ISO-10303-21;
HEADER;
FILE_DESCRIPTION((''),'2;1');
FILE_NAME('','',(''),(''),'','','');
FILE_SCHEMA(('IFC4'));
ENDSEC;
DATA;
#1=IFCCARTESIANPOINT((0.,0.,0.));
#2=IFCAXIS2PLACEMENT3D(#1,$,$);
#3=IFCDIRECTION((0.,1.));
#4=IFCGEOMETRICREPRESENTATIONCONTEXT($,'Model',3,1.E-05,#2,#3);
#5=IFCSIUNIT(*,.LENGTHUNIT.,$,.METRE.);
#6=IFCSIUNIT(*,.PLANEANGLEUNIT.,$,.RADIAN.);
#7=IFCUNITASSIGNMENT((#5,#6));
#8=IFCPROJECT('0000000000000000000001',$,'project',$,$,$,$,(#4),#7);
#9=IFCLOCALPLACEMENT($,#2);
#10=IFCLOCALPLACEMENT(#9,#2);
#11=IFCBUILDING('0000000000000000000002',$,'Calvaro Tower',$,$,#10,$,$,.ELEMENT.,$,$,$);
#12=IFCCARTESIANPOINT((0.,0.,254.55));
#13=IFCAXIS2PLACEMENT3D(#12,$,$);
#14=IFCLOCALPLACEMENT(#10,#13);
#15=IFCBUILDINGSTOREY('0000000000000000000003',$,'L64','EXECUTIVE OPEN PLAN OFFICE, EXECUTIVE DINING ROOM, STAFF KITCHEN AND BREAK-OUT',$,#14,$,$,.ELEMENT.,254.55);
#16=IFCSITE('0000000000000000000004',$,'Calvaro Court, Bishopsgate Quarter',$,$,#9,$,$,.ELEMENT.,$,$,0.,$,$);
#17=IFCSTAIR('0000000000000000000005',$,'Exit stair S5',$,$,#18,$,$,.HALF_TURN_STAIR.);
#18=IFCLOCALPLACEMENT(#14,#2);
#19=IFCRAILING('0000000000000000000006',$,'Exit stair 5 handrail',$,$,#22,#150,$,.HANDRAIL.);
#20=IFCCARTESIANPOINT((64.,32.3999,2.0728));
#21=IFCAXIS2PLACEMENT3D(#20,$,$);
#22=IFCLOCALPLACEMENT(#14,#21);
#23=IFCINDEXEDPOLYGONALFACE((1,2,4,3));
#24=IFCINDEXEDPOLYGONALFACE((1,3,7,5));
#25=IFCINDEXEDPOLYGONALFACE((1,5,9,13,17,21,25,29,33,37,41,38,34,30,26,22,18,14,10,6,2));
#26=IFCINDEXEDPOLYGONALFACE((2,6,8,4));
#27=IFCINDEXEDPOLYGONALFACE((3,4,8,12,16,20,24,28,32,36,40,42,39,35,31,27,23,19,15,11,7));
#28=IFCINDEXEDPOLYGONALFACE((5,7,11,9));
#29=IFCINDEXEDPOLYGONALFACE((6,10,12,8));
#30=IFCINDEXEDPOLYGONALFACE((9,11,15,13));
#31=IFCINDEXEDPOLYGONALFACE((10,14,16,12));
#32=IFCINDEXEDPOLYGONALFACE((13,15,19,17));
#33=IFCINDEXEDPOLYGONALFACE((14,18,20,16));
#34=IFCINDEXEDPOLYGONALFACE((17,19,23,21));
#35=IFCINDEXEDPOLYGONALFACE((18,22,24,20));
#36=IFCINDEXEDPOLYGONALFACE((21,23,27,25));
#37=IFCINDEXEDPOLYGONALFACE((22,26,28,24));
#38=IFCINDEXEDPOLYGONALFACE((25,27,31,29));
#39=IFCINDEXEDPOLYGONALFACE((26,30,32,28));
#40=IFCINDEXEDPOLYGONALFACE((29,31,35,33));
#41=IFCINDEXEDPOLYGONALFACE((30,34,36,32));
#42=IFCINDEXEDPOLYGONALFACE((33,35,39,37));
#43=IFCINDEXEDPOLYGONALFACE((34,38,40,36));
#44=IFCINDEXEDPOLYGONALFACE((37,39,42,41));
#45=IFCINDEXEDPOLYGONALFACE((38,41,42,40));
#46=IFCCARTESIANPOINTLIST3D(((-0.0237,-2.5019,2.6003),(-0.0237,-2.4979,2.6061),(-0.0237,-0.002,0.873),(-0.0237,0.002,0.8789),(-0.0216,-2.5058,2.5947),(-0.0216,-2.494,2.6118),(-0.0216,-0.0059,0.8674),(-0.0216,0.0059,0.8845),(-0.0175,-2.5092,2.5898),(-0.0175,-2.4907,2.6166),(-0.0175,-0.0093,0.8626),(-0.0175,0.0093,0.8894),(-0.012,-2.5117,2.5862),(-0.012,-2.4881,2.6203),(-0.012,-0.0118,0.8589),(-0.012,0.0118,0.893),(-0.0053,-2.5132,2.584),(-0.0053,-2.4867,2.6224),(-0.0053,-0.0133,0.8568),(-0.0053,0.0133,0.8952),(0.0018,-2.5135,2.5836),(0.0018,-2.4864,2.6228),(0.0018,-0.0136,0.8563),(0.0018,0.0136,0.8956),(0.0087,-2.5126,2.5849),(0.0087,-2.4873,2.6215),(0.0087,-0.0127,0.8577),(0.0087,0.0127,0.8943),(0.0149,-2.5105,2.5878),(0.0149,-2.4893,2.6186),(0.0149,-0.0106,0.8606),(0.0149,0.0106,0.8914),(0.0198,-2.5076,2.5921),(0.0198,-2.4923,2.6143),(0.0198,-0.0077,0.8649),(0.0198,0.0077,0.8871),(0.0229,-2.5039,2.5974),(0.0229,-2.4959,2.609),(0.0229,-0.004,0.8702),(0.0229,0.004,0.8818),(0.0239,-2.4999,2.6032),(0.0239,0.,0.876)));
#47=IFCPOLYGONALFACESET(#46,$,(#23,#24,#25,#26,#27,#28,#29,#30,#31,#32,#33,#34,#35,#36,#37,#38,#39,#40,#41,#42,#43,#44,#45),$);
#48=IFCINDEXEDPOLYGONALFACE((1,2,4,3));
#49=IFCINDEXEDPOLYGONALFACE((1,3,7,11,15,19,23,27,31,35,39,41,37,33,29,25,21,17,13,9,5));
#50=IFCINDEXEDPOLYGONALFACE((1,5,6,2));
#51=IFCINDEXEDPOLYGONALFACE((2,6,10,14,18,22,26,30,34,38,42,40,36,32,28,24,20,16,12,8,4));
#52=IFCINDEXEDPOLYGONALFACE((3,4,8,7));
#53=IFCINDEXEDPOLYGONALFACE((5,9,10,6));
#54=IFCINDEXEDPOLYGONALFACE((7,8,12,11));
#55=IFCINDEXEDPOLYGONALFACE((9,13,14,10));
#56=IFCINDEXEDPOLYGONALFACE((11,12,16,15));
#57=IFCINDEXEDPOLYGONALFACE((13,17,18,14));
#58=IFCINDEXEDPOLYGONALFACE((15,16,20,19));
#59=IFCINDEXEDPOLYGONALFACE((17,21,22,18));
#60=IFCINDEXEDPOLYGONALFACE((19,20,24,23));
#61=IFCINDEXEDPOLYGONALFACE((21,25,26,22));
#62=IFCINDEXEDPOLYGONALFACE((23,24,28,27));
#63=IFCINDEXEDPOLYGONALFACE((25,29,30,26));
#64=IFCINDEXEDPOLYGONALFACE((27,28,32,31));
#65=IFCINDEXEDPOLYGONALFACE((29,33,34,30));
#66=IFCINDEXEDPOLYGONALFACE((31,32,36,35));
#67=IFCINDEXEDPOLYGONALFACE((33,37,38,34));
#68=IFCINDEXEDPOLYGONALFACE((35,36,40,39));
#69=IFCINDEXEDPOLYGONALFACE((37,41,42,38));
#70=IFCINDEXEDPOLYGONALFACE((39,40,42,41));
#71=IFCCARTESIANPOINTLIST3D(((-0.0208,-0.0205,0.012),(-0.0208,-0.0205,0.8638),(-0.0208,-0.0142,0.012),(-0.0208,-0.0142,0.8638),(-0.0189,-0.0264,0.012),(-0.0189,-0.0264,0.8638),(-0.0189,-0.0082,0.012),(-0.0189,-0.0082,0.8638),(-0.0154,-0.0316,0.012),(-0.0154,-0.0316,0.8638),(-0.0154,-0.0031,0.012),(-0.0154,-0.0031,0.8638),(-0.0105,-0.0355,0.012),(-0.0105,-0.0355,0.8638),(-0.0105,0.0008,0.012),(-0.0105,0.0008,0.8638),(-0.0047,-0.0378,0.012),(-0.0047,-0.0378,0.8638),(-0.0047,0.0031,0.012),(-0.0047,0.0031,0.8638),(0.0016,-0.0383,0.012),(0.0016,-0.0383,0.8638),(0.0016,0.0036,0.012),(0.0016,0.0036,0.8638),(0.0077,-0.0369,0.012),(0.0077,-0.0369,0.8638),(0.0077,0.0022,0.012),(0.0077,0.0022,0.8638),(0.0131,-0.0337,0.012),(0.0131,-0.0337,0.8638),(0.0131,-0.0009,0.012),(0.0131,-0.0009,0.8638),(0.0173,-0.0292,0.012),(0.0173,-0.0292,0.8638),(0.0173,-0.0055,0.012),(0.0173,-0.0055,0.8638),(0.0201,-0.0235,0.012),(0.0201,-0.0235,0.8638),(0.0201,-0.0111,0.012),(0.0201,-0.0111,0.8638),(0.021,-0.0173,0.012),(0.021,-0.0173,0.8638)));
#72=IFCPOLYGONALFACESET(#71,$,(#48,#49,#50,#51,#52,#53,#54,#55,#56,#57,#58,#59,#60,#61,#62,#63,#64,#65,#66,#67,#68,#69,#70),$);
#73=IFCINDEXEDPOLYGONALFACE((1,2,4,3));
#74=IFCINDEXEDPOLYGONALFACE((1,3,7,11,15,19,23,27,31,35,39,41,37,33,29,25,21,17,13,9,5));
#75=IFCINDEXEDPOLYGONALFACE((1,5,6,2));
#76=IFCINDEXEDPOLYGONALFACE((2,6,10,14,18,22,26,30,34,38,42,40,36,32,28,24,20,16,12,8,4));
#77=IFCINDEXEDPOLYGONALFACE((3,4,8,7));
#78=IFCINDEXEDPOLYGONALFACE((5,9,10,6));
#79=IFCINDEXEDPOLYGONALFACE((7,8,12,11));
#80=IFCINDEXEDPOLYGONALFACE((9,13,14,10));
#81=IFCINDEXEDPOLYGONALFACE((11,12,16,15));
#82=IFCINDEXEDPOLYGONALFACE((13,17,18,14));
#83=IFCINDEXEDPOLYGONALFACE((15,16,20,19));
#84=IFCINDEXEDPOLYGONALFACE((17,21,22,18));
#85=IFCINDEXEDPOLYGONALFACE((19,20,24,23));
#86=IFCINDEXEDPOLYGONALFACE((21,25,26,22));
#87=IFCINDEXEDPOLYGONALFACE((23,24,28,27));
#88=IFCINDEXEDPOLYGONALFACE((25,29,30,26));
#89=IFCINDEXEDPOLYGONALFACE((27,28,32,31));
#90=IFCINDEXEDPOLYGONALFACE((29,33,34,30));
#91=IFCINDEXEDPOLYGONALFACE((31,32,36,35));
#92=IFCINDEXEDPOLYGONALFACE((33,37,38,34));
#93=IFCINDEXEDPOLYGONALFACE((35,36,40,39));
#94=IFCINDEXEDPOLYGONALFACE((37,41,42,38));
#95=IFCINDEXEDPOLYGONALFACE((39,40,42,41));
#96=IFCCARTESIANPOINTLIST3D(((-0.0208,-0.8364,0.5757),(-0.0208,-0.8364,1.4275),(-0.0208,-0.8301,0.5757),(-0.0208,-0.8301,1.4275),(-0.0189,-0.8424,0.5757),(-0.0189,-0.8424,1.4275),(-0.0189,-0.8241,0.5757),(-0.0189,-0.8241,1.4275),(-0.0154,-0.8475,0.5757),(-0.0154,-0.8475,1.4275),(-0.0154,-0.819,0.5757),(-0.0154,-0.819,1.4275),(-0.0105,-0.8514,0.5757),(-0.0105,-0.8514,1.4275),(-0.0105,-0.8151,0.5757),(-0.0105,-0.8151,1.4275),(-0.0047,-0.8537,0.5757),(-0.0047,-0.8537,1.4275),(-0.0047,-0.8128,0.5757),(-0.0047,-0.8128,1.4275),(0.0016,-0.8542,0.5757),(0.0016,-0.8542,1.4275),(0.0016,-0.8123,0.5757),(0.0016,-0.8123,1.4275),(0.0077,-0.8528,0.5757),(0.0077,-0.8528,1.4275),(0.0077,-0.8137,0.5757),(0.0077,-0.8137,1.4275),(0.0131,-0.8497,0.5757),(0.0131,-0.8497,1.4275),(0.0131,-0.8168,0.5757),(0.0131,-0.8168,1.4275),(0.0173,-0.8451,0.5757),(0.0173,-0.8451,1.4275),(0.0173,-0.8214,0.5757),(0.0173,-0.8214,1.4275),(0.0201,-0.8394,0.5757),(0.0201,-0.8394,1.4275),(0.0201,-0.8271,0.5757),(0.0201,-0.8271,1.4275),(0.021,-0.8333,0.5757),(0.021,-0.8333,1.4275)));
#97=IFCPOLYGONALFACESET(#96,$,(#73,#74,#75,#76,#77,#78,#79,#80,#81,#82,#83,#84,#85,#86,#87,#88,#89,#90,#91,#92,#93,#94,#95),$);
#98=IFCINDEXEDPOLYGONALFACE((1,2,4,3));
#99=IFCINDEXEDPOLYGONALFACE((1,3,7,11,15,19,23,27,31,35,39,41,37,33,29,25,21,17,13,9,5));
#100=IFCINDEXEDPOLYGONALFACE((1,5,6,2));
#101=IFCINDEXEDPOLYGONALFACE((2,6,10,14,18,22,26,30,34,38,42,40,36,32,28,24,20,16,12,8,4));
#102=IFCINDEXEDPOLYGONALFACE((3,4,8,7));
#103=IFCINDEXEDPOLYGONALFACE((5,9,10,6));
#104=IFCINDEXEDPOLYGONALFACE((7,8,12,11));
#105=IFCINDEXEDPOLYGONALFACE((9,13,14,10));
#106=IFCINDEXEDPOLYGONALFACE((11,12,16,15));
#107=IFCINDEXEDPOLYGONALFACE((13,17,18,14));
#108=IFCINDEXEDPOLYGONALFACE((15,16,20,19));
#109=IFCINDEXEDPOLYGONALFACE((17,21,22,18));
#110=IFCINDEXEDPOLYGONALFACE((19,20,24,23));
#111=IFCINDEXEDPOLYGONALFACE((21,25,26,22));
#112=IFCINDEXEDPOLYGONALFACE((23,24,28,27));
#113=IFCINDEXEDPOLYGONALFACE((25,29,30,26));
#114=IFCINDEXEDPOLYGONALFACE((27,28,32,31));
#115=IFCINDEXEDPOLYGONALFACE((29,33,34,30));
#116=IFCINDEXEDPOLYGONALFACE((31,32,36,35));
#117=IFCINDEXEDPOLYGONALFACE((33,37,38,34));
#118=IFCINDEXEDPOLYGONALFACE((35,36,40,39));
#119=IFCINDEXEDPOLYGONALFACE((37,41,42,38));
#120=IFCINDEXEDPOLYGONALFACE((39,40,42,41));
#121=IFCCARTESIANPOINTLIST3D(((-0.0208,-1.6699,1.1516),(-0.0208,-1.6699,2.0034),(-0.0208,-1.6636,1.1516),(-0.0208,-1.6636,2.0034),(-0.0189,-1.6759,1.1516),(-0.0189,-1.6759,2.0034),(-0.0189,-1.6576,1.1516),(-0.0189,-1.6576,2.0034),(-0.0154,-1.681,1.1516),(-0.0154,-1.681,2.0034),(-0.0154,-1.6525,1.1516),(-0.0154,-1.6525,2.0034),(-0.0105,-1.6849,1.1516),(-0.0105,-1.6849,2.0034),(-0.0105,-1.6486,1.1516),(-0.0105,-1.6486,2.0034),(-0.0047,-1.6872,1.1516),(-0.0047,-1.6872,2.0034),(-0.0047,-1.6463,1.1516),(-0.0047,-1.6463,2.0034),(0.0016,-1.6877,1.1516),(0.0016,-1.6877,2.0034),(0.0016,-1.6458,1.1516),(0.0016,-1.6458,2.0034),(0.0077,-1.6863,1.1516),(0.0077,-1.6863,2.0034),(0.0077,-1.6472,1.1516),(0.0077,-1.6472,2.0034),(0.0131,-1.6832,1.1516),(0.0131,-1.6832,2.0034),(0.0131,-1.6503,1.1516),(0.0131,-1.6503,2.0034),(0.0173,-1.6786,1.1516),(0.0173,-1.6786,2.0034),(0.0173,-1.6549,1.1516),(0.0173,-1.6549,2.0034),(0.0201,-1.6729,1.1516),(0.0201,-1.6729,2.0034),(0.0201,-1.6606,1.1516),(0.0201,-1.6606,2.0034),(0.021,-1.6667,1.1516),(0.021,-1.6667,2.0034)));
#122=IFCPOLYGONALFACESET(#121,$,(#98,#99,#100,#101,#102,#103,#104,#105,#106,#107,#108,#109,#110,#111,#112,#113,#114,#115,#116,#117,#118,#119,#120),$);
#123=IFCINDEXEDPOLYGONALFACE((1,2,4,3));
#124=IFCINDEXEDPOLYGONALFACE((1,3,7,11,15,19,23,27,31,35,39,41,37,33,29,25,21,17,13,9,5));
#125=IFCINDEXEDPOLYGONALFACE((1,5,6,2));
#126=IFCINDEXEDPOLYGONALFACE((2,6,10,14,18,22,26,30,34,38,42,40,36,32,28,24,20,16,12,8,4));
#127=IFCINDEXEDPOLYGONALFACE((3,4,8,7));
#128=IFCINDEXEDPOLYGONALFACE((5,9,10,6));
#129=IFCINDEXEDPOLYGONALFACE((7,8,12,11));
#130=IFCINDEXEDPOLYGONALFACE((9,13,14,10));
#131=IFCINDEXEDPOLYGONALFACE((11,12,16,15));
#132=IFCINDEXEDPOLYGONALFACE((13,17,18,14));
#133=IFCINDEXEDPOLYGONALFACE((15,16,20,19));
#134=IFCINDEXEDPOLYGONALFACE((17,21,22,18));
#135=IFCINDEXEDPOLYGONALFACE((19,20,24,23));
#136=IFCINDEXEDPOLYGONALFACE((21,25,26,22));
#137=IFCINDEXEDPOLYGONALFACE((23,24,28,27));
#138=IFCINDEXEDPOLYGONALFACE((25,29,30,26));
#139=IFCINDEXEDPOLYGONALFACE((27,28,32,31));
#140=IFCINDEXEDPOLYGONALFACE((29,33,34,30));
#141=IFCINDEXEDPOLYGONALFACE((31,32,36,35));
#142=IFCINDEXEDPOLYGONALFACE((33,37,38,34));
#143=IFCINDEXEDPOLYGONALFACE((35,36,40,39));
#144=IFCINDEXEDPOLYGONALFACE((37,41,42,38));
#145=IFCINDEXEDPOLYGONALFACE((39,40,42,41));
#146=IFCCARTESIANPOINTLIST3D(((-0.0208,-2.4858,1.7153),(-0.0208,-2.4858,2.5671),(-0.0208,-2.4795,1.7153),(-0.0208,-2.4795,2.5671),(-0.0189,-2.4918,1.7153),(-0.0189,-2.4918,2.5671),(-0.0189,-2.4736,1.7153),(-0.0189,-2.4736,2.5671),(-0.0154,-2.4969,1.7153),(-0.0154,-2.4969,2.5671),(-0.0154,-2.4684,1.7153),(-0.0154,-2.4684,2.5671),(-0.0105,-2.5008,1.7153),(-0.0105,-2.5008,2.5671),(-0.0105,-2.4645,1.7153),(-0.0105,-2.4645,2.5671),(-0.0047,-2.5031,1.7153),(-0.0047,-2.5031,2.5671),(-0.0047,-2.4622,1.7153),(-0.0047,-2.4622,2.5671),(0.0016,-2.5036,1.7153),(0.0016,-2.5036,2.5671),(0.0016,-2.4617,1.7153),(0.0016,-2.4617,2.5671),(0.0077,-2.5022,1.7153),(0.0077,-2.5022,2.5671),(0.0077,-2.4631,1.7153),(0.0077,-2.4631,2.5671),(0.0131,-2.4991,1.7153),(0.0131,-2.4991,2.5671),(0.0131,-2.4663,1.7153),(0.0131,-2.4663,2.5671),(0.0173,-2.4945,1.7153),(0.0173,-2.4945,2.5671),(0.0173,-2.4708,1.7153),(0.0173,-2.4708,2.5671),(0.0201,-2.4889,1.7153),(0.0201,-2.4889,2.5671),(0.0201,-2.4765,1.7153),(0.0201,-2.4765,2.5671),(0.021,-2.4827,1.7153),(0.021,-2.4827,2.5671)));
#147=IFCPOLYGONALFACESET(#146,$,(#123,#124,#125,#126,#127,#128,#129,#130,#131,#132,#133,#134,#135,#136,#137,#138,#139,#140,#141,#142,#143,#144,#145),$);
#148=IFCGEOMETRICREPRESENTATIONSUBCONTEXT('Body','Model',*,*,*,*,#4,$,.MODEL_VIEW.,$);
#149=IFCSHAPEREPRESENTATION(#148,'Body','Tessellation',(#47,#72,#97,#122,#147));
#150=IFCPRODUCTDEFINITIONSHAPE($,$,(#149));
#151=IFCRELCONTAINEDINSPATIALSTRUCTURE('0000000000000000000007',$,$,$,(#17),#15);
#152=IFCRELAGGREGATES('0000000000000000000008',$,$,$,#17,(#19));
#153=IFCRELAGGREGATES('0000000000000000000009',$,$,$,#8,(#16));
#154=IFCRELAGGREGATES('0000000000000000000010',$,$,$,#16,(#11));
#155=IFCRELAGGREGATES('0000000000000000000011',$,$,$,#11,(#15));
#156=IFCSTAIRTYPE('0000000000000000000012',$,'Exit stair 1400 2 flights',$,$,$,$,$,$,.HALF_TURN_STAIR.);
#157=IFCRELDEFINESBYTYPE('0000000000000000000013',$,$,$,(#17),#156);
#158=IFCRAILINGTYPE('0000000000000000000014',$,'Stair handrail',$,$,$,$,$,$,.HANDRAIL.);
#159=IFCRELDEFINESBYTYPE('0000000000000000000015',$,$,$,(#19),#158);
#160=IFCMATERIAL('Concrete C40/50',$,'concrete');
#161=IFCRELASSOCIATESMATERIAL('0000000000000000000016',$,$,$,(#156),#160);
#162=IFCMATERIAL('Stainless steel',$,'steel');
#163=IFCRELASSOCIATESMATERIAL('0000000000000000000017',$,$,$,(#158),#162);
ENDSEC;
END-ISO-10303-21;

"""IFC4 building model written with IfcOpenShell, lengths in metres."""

from ifc_helpers import new_model, si_unit, direction, frame, origin, origin_2d, place, context, subcontext, project, spatial, circle, extrude, material, type_object, element, aggregate, save


model = new_model("IFC4")

# Units and contexts
model_context = context("Model", 3, precision=1e-05, world=origin(), true_north=direction((0.0, 1.0)))
body_context = subcontext(model_context, "Body", "Model", "MODEL_VIEW")
ifc_project = project(units=[si_unit("LENGTHUNIT", "METRE"), si_unit("PLANEANGLEUNIT", "RADIAN")], contexts=[model_context])

# Site, building, storey
site_placement = place(None, origin())
site = spatial("IfcSite", under=ifc_project, at=site_placement, Name="Calvaro Court, Bishopsgate Quarter", CompositionType="ELEMENT", RefElevation=0.0)
building_placement = place(site_placement, origin())
building = spatial("IfcBuilding", under=site, at=building_placement, Name="Calvaro Tower", CompositionType="ELEMENT")
storey_placement = place(building_placement, frame((0.0, 0.0, 254.55)))
storey = spatial("IfcBuildingStorey", under=building, at=storey_placement, Name="L64", Description="EXECUTIVE OPEN PLAN OFFICE, EXECUTIVE DINING ROOM, STAFF KITCHEN AND BREAK-OUT", CompositionType="ELEMENT", Elevation=254.55)

# Stair, railing
ifc_material_1 = material(Name="Concrete C40/50", Category="concrete")
stair_type = type_object("IfcStairType", Name="Exit stair 1400 2 flights", PredefinedType="HALF_TURN_STAIR", material=ifc_material_1)
stair_placement = place(storey_placement, origin())
stair = element("IfcStair", 1, at=stair_placement, inside=storey, type_object=stair_type, Name="Exit stair S5", PredefinedType="HALF_TURN_STAIR")
ifc_material_2 = material(Name="Stainless steel", Category="steel")
railing_type = type_object("IfcRailingType", Name="Stair handrail", PredefinedType="HANDRAIL", material=ifc_material_2)
railing_1_placement = place(storey_placement, frame((64.0, 32.3999, 2.0728)))
railing_1 = element("IfcRailing", 2, at=railing_1_placement, type_object=railing_type, Name="Exit stair 5 handrail", PredefinedType="HANDRAIL", context=body_context, shape_type="SweptSolid", body=[
    extrude(circle(Radius=0.0239, at=origin_2d()), frame((0.0, 0.0, 0.876), z_axis=(0.0, -0.822727, 0.568437), x_axis=(1.0, 0.0, 0.0)), (0.0, 0.0, 1.0), 3.0386),
    extrude(circle(Radius=0.021, at=origin_2d()), frame((0.0, -0.0173, 0.012)), (0.0, 0.0, 1.0), 0.8518),
    extrude(circle(Radius=0.021, at=origin_2d()), frame((0.0, -0.8333, 0.5757)), (0.0, 0.0, 1.0), 0.8518),
    extrude(circle(Radius=0.021, at=origin_2d()), frame((0.0, -1.6667, 1.1516)), (0.0, 0.0, 1.0), 0.8518),
    extrude(circle(Radius=0.021, at=origin_2d()), frame((0.0, -2.4827, 1.7153)), (0.0, 0.0, 1.0), 0.8518),
])
aggregate(stair, [railing_1])

save(model, "model.ifc")
